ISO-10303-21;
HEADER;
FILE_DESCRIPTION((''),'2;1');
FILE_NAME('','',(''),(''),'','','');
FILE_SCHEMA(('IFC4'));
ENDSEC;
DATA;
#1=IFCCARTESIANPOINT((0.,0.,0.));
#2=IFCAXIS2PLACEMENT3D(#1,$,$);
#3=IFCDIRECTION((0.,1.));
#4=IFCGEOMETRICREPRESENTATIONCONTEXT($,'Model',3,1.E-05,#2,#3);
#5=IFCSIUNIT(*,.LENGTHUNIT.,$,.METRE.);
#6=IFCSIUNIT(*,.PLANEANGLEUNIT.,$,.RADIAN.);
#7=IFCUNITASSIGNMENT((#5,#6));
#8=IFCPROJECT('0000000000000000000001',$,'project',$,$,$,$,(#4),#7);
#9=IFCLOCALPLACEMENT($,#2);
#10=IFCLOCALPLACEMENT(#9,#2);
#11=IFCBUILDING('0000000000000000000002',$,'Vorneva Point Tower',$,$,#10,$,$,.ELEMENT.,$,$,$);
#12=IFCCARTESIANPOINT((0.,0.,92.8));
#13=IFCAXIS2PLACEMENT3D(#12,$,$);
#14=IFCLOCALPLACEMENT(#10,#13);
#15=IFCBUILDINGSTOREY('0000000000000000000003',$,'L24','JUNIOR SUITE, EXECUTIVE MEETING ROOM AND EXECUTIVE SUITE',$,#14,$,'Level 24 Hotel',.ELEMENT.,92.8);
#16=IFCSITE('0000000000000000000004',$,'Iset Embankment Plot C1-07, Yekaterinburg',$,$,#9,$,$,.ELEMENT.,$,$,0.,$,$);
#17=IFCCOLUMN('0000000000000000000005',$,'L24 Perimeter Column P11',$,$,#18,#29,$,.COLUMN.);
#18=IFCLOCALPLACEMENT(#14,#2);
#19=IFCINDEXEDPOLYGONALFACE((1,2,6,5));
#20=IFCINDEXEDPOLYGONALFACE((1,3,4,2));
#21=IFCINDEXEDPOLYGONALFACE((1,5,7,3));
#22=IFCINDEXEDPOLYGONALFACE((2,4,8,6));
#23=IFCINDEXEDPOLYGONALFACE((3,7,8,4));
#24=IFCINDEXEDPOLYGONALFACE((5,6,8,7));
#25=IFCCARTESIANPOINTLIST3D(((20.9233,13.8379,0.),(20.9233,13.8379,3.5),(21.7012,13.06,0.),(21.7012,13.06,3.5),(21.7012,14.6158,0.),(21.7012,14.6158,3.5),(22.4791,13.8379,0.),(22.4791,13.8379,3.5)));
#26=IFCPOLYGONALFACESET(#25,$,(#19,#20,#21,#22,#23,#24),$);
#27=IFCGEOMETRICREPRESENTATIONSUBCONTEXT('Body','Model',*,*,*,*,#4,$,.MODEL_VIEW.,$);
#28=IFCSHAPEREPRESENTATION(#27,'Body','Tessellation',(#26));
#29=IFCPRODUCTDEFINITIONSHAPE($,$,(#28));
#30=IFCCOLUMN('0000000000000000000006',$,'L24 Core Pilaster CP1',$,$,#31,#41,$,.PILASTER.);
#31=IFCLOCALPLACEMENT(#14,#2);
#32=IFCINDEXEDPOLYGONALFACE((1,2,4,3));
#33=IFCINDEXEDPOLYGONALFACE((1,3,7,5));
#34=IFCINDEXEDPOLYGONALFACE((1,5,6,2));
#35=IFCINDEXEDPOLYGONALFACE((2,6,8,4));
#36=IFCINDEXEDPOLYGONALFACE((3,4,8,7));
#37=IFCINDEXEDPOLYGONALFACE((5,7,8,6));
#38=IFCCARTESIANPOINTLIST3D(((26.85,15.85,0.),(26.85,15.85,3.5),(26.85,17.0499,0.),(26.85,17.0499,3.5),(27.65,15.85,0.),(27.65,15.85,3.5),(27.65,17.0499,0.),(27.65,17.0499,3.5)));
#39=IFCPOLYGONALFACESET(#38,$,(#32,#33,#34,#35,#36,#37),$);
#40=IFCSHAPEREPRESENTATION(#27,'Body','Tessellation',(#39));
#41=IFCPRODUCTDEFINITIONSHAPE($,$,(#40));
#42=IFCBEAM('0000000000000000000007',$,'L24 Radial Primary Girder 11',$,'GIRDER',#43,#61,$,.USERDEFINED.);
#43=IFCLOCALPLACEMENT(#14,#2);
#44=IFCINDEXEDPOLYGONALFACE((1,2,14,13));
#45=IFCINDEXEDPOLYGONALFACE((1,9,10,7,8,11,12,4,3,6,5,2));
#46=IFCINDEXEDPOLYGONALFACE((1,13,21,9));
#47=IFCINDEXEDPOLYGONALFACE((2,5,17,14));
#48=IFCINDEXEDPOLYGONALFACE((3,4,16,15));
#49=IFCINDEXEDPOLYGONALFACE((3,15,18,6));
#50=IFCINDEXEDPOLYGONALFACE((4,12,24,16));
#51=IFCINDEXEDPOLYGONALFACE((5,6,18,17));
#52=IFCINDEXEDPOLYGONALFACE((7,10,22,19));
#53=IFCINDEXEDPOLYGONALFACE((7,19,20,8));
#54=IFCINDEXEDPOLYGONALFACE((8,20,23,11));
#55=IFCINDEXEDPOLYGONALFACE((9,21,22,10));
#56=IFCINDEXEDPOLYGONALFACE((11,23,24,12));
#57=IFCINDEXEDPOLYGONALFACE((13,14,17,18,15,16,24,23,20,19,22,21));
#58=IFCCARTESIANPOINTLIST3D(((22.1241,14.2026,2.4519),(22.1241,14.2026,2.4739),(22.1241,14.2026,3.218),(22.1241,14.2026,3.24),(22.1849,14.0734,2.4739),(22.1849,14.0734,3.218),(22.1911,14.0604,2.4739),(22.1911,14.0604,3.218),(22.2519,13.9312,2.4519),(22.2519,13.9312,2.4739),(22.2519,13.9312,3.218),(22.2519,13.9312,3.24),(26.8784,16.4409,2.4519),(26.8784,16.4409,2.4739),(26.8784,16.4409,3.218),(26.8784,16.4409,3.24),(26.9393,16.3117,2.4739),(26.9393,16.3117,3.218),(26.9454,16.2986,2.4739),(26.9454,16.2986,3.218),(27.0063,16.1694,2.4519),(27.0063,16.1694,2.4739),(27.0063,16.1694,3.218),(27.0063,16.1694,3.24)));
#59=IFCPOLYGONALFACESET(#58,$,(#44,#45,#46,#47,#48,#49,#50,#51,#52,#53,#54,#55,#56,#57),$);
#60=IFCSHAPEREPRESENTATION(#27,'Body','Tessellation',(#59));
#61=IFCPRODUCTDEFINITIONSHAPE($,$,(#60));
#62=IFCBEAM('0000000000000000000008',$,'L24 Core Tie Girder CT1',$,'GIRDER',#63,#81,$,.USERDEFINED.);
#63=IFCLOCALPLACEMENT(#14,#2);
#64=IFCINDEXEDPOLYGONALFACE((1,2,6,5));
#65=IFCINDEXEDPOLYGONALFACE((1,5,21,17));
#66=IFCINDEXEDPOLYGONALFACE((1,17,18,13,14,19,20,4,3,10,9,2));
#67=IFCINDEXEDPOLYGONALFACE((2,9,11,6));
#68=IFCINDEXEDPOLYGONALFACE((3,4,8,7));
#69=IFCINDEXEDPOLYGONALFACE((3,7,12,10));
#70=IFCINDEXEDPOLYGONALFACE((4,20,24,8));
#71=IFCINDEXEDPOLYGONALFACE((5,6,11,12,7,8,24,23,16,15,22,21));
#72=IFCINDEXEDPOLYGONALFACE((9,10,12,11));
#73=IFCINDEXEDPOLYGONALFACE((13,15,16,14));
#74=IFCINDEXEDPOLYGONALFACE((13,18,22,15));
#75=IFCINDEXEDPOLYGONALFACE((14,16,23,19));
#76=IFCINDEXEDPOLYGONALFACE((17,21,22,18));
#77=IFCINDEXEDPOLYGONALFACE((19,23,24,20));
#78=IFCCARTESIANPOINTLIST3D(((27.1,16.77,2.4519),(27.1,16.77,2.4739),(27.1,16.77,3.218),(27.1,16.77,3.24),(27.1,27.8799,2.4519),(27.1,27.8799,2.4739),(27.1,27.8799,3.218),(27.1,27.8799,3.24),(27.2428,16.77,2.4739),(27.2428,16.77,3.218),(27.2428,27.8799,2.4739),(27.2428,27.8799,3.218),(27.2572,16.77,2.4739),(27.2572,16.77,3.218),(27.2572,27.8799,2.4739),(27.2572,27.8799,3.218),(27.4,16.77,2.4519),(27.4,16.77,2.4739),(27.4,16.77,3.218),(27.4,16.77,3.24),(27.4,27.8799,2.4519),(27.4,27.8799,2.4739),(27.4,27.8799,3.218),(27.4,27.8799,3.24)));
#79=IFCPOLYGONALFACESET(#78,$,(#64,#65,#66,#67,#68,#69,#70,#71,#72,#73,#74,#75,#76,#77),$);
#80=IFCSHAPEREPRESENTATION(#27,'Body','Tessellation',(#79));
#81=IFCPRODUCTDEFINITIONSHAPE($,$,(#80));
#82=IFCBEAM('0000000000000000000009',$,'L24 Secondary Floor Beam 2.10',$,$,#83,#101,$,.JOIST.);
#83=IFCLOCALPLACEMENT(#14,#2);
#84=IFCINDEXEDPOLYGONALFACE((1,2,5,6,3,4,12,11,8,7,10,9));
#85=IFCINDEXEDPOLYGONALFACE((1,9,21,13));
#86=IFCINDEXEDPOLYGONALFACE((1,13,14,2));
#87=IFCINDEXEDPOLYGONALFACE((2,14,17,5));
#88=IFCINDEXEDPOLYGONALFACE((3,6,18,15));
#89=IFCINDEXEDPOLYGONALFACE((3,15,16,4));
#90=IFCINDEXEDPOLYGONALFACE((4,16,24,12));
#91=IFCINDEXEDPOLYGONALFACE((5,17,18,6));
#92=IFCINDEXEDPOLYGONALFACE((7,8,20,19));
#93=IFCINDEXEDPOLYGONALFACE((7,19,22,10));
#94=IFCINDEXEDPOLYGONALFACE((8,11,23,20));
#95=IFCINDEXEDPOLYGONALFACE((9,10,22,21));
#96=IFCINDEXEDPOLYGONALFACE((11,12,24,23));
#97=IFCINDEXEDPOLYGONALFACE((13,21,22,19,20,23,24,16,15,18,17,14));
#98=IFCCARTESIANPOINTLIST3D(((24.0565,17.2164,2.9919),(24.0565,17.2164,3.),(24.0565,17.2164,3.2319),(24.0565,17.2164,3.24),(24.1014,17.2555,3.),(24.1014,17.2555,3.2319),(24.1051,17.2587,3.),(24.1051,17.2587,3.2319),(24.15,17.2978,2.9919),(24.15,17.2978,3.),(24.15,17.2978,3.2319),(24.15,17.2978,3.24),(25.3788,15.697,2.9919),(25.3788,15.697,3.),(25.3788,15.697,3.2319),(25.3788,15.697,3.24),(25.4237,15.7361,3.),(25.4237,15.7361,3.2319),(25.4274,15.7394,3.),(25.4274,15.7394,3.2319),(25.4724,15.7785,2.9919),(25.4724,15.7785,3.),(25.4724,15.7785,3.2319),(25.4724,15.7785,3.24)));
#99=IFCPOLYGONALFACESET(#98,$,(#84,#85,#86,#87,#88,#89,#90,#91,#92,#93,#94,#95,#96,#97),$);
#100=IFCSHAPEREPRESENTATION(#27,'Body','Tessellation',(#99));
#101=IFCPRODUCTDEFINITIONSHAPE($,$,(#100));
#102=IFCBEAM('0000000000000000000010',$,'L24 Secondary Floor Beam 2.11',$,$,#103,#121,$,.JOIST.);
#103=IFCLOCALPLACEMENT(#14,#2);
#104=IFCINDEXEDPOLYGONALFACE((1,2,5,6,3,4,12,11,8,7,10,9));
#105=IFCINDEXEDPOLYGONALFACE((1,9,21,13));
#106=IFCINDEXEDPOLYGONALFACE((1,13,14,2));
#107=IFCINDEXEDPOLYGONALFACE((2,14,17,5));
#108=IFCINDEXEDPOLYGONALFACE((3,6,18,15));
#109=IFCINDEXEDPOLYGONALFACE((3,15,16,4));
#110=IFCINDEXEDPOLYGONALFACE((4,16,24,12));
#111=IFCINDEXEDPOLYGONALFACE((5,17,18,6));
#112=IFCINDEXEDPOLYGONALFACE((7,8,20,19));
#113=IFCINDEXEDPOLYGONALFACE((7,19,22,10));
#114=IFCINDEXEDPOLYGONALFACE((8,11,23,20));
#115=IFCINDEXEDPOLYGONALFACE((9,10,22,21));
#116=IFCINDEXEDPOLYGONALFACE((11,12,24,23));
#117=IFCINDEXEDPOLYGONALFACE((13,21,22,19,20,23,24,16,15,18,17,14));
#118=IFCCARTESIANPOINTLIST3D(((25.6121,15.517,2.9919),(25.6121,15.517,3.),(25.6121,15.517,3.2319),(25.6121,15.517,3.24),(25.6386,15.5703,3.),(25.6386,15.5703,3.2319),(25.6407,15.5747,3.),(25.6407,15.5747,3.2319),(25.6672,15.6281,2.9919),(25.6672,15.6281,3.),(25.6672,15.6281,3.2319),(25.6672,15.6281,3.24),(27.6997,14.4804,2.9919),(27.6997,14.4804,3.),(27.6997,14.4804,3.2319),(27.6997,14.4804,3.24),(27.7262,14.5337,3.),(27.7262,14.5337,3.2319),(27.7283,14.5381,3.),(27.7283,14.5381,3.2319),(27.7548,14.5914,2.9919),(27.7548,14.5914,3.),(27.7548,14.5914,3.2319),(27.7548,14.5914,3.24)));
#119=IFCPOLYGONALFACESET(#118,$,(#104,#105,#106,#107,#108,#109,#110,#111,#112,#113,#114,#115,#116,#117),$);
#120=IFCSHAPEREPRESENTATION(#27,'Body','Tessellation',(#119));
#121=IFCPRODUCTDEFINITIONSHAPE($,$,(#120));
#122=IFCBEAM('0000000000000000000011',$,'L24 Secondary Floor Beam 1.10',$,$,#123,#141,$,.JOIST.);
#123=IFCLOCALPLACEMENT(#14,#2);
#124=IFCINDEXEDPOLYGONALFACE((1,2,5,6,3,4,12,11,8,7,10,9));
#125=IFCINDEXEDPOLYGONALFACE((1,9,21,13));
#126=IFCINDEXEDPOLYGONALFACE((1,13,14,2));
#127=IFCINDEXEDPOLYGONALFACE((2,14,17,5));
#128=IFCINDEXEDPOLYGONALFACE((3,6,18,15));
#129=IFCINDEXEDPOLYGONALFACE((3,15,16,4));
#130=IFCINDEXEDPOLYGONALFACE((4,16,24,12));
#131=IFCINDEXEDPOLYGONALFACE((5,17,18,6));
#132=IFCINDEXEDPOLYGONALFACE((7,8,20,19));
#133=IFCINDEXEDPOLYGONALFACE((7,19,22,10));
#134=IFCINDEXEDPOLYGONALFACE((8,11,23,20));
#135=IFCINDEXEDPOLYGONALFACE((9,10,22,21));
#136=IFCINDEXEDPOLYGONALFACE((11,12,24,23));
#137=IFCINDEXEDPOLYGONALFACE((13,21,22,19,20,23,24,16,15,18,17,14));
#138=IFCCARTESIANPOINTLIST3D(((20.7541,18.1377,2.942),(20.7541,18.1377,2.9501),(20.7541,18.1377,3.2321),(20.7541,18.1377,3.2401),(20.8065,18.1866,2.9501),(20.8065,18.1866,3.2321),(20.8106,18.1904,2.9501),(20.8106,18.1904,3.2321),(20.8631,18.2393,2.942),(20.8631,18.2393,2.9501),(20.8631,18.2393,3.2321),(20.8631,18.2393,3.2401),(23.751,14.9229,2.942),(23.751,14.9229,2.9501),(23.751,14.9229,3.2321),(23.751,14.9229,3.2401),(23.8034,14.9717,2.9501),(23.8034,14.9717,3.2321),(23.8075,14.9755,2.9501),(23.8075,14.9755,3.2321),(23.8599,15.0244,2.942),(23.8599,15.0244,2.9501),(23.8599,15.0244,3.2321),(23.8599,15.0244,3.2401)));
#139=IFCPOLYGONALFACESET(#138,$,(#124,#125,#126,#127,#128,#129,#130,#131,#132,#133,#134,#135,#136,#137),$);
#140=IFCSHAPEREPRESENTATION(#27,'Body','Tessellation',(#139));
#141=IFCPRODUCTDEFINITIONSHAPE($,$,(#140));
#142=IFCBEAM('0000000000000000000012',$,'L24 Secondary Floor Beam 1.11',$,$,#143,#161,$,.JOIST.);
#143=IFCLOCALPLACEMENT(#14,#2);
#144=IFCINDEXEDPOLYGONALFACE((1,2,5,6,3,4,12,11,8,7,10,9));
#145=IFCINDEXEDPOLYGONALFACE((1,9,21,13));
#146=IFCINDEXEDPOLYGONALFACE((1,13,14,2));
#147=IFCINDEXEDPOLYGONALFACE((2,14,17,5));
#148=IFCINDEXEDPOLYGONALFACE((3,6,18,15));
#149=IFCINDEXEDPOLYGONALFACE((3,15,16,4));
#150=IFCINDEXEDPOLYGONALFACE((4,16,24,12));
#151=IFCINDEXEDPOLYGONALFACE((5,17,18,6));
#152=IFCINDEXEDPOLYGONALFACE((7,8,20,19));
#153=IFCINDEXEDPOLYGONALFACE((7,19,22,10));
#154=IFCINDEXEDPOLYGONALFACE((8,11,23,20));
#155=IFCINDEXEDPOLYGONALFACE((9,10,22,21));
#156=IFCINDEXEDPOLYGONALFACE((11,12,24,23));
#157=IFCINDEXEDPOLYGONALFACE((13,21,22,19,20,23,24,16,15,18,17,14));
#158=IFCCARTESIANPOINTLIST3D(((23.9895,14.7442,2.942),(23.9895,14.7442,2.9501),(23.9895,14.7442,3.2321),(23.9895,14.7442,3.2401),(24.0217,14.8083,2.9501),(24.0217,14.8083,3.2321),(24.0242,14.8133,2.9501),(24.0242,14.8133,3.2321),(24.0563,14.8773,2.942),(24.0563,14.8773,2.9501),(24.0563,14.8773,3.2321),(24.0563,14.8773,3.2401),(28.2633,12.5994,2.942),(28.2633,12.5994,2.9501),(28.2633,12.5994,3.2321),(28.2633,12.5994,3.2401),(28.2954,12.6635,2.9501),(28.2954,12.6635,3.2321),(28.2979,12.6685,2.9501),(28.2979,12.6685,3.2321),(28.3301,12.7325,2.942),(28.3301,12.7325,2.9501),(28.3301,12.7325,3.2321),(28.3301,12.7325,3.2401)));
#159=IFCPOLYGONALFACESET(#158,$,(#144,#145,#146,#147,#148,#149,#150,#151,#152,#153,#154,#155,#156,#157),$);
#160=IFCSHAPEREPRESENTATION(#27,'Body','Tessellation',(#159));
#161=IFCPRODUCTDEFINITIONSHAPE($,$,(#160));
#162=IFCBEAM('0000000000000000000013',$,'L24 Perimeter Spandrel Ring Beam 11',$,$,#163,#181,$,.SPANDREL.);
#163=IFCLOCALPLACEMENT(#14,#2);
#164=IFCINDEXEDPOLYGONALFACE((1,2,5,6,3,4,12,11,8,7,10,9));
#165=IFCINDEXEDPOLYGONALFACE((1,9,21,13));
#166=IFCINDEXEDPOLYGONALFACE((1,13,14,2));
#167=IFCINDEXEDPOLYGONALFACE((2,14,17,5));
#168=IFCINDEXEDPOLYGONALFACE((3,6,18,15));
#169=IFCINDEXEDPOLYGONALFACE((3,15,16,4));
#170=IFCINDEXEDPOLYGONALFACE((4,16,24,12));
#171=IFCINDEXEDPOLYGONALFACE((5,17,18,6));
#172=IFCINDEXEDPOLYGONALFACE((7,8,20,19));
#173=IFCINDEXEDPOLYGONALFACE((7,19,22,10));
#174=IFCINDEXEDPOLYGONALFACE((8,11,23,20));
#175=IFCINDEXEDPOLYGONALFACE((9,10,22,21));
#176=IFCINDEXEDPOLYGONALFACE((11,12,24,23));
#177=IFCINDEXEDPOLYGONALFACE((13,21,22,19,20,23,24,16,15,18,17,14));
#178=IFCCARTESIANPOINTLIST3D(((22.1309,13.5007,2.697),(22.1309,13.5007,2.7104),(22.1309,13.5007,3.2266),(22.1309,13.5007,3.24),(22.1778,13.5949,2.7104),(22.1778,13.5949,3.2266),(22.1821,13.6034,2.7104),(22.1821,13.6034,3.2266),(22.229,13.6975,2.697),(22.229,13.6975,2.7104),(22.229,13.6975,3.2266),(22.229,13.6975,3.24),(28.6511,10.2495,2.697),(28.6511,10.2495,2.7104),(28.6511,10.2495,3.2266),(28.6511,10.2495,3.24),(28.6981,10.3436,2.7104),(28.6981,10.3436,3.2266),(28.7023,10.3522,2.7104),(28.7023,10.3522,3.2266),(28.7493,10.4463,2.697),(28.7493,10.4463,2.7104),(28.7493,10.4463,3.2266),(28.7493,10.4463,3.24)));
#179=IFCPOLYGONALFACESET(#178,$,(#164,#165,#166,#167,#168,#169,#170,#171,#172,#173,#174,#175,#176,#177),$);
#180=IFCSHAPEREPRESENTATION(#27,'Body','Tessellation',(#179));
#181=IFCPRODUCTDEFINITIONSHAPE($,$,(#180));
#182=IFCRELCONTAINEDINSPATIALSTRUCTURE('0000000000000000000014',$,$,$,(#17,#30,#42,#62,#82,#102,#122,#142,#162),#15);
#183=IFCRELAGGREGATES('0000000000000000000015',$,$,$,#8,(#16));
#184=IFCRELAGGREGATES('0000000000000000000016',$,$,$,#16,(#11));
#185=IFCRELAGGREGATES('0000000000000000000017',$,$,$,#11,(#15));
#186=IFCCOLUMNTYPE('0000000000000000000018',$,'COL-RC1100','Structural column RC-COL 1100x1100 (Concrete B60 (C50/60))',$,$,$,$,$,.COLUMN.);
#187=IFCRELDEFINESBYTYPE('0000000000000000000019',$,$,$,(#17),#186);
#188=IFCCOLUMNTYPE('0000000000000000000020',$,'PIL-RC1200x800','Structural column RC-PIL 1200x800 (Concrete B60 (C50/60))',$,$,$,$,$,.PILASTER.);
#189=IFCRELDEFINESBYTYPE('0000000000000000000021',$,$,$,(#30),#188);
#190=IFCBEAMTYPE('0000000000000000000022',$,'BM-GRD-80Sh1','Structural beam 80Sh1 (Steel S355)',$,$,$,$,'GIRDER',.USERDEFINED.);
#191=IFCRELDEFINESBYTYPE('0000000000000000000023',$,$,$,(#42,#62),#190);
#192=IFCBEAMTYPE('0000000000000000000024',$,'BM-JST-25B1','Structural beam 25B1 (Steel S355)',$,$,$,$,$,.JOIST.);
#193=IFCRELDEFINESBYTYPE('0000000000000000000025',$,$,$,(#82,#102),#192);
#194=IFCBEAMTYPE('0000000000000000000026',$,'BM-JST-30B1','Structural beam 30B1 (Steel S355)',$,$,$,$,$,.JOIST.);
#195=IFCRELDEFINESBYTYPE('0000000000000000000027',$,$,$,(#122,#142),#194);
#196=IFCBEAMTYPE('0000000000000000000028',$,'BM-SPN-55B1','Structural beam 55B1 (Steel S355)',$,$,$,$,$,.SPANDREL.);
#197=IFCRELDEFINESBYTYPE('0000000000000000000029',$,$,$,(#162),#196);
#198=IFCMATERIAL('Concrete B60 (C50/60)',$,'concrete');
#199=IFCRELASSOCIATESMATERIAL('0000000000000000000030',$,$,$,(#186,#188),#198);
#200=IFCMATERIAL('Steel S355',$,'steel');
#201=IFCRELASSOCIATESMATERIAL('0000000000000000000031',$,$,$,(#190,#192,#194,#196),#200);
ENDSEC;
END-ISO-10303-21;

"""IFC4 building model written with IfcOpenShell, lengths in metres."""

from ifc_helpers import new_model, si_unit, direction, frame, origin, origin_2d, place, context, subcontext, project, spatial, rectangle, i_section, extrude, material, material_profile, profile_set, type_object, element, save


model = new_model("IFC4")

# Units and contexts
model_context = context("Model", 3, precision=1e-05, world=origin(), true_north=direction((0.0, 1.0)))
body_context = subcontext(model_context, "Body", "Model", "MODEL_VIEW")
ifc_project = project(units=[si_unit("LENGTHUNIT", "METRE"), si_unit("PLANEANGLEUNIT", "RADIAN")], contexts=[model_context])

# Site, building, storey
site_placement = place(None, origin())
site = spatial("IfcSite", under=ifc_project, at=site_placement, Name="Iset Embankment Plot C1-07, Yekaterinburg", CompositionType="ELEMENT", RefElevation=0.0)
building_placement = place(site_placement, origin())
building = spatial("IfcBuilding", under=site, at=building_placement, Name="Vorneva Point Tower", CompositionType="ELEMENT")
storey_placement = place(building_placement, frame((0.0, 0.0, 92.8)))
storey = spatial("IfcBuildingStorey", under=building, at=storey_placement, Name="L24", Description="JUNIOR SUITE, EXECUTIVE MEETING ROOM AND EXECUTIVE SUITE", LongName="Level 24 Hotel", CompositionType="ELEMENT", Elevation=92.8)

# Columns
ifc_material_1 = material(Name="Concrete B60 (C50/60)", Category="concrete")
ifc_material_profile_1 = material_profile(ifc_material_1, rectangle(XDim=1.1001, YDim=1.1001, at=origin_2d()), Name="RC-COL 1100x1100")
ifc_profile_set_1 = profile_set([ifc_material_profile_1], Name="Concrete B60 (C50/60)")
column_type_1 = type_object("IfcColumnType", Name="COL-RC1100", Description="Structural column RC-COL 1100x1100 (Concrete B60 (C50/60))", PredefinedType="COLUMN", material=ifc_profile_set_1)
column_1_placement = place(storey_placement, frame((21.7012, 13.8379, 0.0), z_axis=(0.0, 0.0, 1.0), x_axis=(-0.707107, -0.707107, 0.0)))
element("IfcColumn", 1, at=column_1_placement, inside=storey, type_object=column_type_1, Name="L24 Perimeter Column P11", PredefinedType="COLUMN", context=body_context, shape_type="SweptSolid", body=[
    extrude(rectangle(XDim=1.1001, YDim=1.1001, at=origin_2d()), origin(), (0.0, 0.0, 1.0), 3.5),
])
ifc_material_profile_2 = material_profile(ifc_material_1, rectangle(XDim=0.8, YDim=1.2, at=origin_2d()), Name="RC-PIL 1200x800")
ifc_profile_set_2 = profile_set([ifc_material_profile_2], Name="Concrete B60 (C50/60)")
column_type_2 = type_object("IfcColumnType", Name="PIL-RC1200x800", Description="Structural column RC-PIL 1200x800 (Concrete B60 (C50/60))", PredefinedType="PILASTER", material=ifc_profile_set_2)
column_2_placement = place(storey_placement, frame((27.25, 16.45, 0.0), z_axis=(0.0, 0.0, 1.0), x_axis=(1.0, 0.0, 0.0)))
element("IfcColumn", 2, at=column_2_placement, inside=storey, type_object=column_type_2, Name="L24 Core Pilaster CP1", PredefinedType="PILASTER", context=body_context, shape_type="SweptSolid", body=[
    extrude(rectangle(XDim=0.8, YDim=1.2, at=origin_2d()), origin(), (0.0, 0.0, 1.0), 3.5),
])

# Beams
ifc_material_2 = material(Name="Steel S355", Category="steel")
ifc_material_profile_3 = material_profile(ifc_material_2, i_section(OverallWidth=0.3, OverallDepth=0.7881, WebThickness=0.0144, FlangeThickness=0.022, at=origin_2d()), Name="80Sh1")
ifc_profile_set_3 = profile_set([ifc_material_profile_3], Name="Steel S355")
beam_type_1 = type_object("IfcBeamType", Name="BM-GRD-80Sh1", Description="Structural beam 80Sh1 (Steel S355)", ElementType="GIRDER", PredefinedType="USERDEFINED", material=ifc_profile_set_3)
beam_1_placement = place(storey_placement, frame((22.188, 14.0669, 2.8459), z_axis=(0.904751, 0.42594, 0.0), x_axis=(-0.42594, 0.904751, 0.0)))
element("IfcBeam", 3, at=beam_1_placement, inside=storey, type_object=beam_type_1, Name="L24 Radial Primary Girder 11", ObjectType="GIRDER", PredefinedType="USERDEFINED", context=body_context, shape_type="SweptSolid", body=[
    extrude(i_section(OverallWidth=0.3, OverallDepth=0.7881, WebThickness=0.0144, FlangeThickness=0.022, at=origin_2d()), origin(), (0.0, 0.0, 1.0), 5.2549),
])
beam_2_placement = place(storey_placement, frame((27.25, 16.77, 2.8459), z_axis=(0.0, 1.0, 0.0), x_axis=(-1.0, 0.0, 0.0)))
element("IfcBeam", 4, at=beam_2_placement, inside=storey, type_object=beam_type_1, Name="L24 Core Tie Girder CT1", ObjectType="GIRDER", PredefinedType="USERDEFINED", context=body_context, shape_type="SweptSolid", body=[
    extrude(i_section(OverallWidth=0.3, OverallDepth=0.7881, WebThickness=0.0144, FlangeThickness=0.022, at=origin_2d()), origin(), (0.0, 0.0, 1.0), 11.1099),
])
ifc_material_profile_4 = material_profile(ifc_material_2, i_section(OverallWidth=0.124, OverallDepth=0.248, WebThickness=0.0049, FlangeThickness=0.0081, at=origin_2d()), Name="25B1")
ifc_profile_set_4 = profile_set([ifc_material_profile_4], Name="Steel S355")
beam_type_2 = type_object("IfcBeamType", Name="BM-JST-25B1", Description="Structural beam 25B1 (Steel S355)", PredefinedType="JOIST", material=ifc_profile_set_4)
beam_3_placement = place(storey_placement, frame((24.1033, 17.2571, 3.116), z_axis=(0.656503, -0.754324, 0.0), x_axis=(0.754324, 0.656503, 0.0)))
element("IfcBeam", 5, at=beam_3_placement, inside=storey, type_object=beam_type_2, Name="L24 Secondary Floor Beam 2.10", PredefinedType="JOIST", context=body_context, shape_type="SweptSolid", body=[
    extrude(i_section(OverallWidth=0.124, OverallDepth=0.248, WebThickness=0.0049, FlangeThickness=0.0081, at=origin_2d()), origin(), (0.0, 0.0, 1.0), 2.0142),
])
beam_4_placement = place(storey_placement, frame((25.6396, 15.5725, 3.116), z_axis=(0.89566, -0.44474, 0.0), x_axis=(0.44474, 0.89566, 0.0)))
element("IfcBeam", 6, at=beam_4_placement, inside=storey, type_object=beam_type_2, Name="L24 Secondary Floor Beam 2.11", PredefinedType="JOIST", context=body_context, shape_type="SweptSolid", body=[
    extrude(i_section(OverallWidth=0.124, OverallDepth=0.248, WebThickness=0.0049, FlangeThickness=0.0081, at=origin_2d()), origin(), (0.0, 0.0, 1.0), 2.3308),
])
ifc_material_profile_5 = material_profile(ifc_material_2, i_section(OverallWidth=0.1489, OverallDepth=0.2981, WebThickness=0.0056, FlangeThickness=0.0081, at=origin_2d()), Name="30B1")
ifc_profile_set_5 = profile_set([ifc_material_profile_5], Name="Steel S355")
beam_type_3 = type_object("IfcBeamType", Name="BM-JST-30B1", Description="Structural beam 30B1 (Steel S355)", PredefinedType="JOIST", material=ifc_profile_set_5)
beam_5_placement = place(storey_placement, frame((20.8086, 18.1885, 3.0911), z_axis=(0.681869, -0.731474, 0.0), x_axis=(0.731474, 0.681869, 0.0)))
element("IfcBeam", 7, at=beam_5_placement, inside=storey, type_object=beam_type_3, Name="L24 Secondary Floor Beam 1.10", PredefinedType="JOIST", context=body_context, shape_type="SweptSolid", body=[
    extrude(i_section(OverallWidth=0.1489, OverallDepth=0.2981, WebThickness=0.0056, FlangeThickness=0.0081, at=origin_2d()), origin(), (0.0, 0.0, 1.0), 4.395),
])
beam_6_placement = place(storey_placement, frame((24.0229, 14.8108, 3.0911), z_axis=(0.893762, -0.448541, 0.0), x_axis=(0.448541, 0.893762, 0.0)))
element("IfcBeam", 8, at=beam_6_placement, inside=storey, type_object=beam_type_3, Name="L24 Secondary Floor Beam 1.11", PredefinedType="JOIST", context=body_context, shape_type="SweptSolid", body=[
    extrude(i_section(OverallWidth=0.1489, OverallDepth=0.2981, WebThickness=0.0056, FlangeThickness=0.0081, at=origin_2d()), origin(), (0.0, 0.0, 1.0), 4.7817),
])
ifc_material_profile_6 = material_profile(ifc_material_2, i_section(OverallWidth=0.22, OverallDepth=0.543, WebThickness=0.0095, FlangeThickness=0.0134, at=origin_2d()), Name="55B1")
ifc_profile_set_6 = profile_set([ifc_material_profile_6], Name="Steel S355")
beam_type_4 = type_object("IfcBeamType", Name="BM-SPN-55B1", Description="Structural beam 55B1 (Steel S355)", PredefinedType="SPANDREL", material=ifc_profile_set_6)
beam_7_placement = place(storey_placement, frame((22.1799, 13.5991, 2.9685), z_axis=(0.894916, -0.446235, 0.0), x_axis=(0.446235, 0.894916, 0.0)))
element("IfcBeam", 9, at=beam_7_placement, inside=storey, type_object=beam_type_4, Name="L24 Perimeter Spandrel Ring Beam 11", PredefinedType="SPANDREL", context=body_context, shape_type="SweptSolid", body=[
    extrude(i_section(OverallWidth=0.22, OverallDepth=0.543, WebThickness=0.0095, FlangeThickness=0.0134, at=origin_2d()), origin(), (0.0, 0.0, 1.0), 7.2859),
])

save(model, "model.ifc")
